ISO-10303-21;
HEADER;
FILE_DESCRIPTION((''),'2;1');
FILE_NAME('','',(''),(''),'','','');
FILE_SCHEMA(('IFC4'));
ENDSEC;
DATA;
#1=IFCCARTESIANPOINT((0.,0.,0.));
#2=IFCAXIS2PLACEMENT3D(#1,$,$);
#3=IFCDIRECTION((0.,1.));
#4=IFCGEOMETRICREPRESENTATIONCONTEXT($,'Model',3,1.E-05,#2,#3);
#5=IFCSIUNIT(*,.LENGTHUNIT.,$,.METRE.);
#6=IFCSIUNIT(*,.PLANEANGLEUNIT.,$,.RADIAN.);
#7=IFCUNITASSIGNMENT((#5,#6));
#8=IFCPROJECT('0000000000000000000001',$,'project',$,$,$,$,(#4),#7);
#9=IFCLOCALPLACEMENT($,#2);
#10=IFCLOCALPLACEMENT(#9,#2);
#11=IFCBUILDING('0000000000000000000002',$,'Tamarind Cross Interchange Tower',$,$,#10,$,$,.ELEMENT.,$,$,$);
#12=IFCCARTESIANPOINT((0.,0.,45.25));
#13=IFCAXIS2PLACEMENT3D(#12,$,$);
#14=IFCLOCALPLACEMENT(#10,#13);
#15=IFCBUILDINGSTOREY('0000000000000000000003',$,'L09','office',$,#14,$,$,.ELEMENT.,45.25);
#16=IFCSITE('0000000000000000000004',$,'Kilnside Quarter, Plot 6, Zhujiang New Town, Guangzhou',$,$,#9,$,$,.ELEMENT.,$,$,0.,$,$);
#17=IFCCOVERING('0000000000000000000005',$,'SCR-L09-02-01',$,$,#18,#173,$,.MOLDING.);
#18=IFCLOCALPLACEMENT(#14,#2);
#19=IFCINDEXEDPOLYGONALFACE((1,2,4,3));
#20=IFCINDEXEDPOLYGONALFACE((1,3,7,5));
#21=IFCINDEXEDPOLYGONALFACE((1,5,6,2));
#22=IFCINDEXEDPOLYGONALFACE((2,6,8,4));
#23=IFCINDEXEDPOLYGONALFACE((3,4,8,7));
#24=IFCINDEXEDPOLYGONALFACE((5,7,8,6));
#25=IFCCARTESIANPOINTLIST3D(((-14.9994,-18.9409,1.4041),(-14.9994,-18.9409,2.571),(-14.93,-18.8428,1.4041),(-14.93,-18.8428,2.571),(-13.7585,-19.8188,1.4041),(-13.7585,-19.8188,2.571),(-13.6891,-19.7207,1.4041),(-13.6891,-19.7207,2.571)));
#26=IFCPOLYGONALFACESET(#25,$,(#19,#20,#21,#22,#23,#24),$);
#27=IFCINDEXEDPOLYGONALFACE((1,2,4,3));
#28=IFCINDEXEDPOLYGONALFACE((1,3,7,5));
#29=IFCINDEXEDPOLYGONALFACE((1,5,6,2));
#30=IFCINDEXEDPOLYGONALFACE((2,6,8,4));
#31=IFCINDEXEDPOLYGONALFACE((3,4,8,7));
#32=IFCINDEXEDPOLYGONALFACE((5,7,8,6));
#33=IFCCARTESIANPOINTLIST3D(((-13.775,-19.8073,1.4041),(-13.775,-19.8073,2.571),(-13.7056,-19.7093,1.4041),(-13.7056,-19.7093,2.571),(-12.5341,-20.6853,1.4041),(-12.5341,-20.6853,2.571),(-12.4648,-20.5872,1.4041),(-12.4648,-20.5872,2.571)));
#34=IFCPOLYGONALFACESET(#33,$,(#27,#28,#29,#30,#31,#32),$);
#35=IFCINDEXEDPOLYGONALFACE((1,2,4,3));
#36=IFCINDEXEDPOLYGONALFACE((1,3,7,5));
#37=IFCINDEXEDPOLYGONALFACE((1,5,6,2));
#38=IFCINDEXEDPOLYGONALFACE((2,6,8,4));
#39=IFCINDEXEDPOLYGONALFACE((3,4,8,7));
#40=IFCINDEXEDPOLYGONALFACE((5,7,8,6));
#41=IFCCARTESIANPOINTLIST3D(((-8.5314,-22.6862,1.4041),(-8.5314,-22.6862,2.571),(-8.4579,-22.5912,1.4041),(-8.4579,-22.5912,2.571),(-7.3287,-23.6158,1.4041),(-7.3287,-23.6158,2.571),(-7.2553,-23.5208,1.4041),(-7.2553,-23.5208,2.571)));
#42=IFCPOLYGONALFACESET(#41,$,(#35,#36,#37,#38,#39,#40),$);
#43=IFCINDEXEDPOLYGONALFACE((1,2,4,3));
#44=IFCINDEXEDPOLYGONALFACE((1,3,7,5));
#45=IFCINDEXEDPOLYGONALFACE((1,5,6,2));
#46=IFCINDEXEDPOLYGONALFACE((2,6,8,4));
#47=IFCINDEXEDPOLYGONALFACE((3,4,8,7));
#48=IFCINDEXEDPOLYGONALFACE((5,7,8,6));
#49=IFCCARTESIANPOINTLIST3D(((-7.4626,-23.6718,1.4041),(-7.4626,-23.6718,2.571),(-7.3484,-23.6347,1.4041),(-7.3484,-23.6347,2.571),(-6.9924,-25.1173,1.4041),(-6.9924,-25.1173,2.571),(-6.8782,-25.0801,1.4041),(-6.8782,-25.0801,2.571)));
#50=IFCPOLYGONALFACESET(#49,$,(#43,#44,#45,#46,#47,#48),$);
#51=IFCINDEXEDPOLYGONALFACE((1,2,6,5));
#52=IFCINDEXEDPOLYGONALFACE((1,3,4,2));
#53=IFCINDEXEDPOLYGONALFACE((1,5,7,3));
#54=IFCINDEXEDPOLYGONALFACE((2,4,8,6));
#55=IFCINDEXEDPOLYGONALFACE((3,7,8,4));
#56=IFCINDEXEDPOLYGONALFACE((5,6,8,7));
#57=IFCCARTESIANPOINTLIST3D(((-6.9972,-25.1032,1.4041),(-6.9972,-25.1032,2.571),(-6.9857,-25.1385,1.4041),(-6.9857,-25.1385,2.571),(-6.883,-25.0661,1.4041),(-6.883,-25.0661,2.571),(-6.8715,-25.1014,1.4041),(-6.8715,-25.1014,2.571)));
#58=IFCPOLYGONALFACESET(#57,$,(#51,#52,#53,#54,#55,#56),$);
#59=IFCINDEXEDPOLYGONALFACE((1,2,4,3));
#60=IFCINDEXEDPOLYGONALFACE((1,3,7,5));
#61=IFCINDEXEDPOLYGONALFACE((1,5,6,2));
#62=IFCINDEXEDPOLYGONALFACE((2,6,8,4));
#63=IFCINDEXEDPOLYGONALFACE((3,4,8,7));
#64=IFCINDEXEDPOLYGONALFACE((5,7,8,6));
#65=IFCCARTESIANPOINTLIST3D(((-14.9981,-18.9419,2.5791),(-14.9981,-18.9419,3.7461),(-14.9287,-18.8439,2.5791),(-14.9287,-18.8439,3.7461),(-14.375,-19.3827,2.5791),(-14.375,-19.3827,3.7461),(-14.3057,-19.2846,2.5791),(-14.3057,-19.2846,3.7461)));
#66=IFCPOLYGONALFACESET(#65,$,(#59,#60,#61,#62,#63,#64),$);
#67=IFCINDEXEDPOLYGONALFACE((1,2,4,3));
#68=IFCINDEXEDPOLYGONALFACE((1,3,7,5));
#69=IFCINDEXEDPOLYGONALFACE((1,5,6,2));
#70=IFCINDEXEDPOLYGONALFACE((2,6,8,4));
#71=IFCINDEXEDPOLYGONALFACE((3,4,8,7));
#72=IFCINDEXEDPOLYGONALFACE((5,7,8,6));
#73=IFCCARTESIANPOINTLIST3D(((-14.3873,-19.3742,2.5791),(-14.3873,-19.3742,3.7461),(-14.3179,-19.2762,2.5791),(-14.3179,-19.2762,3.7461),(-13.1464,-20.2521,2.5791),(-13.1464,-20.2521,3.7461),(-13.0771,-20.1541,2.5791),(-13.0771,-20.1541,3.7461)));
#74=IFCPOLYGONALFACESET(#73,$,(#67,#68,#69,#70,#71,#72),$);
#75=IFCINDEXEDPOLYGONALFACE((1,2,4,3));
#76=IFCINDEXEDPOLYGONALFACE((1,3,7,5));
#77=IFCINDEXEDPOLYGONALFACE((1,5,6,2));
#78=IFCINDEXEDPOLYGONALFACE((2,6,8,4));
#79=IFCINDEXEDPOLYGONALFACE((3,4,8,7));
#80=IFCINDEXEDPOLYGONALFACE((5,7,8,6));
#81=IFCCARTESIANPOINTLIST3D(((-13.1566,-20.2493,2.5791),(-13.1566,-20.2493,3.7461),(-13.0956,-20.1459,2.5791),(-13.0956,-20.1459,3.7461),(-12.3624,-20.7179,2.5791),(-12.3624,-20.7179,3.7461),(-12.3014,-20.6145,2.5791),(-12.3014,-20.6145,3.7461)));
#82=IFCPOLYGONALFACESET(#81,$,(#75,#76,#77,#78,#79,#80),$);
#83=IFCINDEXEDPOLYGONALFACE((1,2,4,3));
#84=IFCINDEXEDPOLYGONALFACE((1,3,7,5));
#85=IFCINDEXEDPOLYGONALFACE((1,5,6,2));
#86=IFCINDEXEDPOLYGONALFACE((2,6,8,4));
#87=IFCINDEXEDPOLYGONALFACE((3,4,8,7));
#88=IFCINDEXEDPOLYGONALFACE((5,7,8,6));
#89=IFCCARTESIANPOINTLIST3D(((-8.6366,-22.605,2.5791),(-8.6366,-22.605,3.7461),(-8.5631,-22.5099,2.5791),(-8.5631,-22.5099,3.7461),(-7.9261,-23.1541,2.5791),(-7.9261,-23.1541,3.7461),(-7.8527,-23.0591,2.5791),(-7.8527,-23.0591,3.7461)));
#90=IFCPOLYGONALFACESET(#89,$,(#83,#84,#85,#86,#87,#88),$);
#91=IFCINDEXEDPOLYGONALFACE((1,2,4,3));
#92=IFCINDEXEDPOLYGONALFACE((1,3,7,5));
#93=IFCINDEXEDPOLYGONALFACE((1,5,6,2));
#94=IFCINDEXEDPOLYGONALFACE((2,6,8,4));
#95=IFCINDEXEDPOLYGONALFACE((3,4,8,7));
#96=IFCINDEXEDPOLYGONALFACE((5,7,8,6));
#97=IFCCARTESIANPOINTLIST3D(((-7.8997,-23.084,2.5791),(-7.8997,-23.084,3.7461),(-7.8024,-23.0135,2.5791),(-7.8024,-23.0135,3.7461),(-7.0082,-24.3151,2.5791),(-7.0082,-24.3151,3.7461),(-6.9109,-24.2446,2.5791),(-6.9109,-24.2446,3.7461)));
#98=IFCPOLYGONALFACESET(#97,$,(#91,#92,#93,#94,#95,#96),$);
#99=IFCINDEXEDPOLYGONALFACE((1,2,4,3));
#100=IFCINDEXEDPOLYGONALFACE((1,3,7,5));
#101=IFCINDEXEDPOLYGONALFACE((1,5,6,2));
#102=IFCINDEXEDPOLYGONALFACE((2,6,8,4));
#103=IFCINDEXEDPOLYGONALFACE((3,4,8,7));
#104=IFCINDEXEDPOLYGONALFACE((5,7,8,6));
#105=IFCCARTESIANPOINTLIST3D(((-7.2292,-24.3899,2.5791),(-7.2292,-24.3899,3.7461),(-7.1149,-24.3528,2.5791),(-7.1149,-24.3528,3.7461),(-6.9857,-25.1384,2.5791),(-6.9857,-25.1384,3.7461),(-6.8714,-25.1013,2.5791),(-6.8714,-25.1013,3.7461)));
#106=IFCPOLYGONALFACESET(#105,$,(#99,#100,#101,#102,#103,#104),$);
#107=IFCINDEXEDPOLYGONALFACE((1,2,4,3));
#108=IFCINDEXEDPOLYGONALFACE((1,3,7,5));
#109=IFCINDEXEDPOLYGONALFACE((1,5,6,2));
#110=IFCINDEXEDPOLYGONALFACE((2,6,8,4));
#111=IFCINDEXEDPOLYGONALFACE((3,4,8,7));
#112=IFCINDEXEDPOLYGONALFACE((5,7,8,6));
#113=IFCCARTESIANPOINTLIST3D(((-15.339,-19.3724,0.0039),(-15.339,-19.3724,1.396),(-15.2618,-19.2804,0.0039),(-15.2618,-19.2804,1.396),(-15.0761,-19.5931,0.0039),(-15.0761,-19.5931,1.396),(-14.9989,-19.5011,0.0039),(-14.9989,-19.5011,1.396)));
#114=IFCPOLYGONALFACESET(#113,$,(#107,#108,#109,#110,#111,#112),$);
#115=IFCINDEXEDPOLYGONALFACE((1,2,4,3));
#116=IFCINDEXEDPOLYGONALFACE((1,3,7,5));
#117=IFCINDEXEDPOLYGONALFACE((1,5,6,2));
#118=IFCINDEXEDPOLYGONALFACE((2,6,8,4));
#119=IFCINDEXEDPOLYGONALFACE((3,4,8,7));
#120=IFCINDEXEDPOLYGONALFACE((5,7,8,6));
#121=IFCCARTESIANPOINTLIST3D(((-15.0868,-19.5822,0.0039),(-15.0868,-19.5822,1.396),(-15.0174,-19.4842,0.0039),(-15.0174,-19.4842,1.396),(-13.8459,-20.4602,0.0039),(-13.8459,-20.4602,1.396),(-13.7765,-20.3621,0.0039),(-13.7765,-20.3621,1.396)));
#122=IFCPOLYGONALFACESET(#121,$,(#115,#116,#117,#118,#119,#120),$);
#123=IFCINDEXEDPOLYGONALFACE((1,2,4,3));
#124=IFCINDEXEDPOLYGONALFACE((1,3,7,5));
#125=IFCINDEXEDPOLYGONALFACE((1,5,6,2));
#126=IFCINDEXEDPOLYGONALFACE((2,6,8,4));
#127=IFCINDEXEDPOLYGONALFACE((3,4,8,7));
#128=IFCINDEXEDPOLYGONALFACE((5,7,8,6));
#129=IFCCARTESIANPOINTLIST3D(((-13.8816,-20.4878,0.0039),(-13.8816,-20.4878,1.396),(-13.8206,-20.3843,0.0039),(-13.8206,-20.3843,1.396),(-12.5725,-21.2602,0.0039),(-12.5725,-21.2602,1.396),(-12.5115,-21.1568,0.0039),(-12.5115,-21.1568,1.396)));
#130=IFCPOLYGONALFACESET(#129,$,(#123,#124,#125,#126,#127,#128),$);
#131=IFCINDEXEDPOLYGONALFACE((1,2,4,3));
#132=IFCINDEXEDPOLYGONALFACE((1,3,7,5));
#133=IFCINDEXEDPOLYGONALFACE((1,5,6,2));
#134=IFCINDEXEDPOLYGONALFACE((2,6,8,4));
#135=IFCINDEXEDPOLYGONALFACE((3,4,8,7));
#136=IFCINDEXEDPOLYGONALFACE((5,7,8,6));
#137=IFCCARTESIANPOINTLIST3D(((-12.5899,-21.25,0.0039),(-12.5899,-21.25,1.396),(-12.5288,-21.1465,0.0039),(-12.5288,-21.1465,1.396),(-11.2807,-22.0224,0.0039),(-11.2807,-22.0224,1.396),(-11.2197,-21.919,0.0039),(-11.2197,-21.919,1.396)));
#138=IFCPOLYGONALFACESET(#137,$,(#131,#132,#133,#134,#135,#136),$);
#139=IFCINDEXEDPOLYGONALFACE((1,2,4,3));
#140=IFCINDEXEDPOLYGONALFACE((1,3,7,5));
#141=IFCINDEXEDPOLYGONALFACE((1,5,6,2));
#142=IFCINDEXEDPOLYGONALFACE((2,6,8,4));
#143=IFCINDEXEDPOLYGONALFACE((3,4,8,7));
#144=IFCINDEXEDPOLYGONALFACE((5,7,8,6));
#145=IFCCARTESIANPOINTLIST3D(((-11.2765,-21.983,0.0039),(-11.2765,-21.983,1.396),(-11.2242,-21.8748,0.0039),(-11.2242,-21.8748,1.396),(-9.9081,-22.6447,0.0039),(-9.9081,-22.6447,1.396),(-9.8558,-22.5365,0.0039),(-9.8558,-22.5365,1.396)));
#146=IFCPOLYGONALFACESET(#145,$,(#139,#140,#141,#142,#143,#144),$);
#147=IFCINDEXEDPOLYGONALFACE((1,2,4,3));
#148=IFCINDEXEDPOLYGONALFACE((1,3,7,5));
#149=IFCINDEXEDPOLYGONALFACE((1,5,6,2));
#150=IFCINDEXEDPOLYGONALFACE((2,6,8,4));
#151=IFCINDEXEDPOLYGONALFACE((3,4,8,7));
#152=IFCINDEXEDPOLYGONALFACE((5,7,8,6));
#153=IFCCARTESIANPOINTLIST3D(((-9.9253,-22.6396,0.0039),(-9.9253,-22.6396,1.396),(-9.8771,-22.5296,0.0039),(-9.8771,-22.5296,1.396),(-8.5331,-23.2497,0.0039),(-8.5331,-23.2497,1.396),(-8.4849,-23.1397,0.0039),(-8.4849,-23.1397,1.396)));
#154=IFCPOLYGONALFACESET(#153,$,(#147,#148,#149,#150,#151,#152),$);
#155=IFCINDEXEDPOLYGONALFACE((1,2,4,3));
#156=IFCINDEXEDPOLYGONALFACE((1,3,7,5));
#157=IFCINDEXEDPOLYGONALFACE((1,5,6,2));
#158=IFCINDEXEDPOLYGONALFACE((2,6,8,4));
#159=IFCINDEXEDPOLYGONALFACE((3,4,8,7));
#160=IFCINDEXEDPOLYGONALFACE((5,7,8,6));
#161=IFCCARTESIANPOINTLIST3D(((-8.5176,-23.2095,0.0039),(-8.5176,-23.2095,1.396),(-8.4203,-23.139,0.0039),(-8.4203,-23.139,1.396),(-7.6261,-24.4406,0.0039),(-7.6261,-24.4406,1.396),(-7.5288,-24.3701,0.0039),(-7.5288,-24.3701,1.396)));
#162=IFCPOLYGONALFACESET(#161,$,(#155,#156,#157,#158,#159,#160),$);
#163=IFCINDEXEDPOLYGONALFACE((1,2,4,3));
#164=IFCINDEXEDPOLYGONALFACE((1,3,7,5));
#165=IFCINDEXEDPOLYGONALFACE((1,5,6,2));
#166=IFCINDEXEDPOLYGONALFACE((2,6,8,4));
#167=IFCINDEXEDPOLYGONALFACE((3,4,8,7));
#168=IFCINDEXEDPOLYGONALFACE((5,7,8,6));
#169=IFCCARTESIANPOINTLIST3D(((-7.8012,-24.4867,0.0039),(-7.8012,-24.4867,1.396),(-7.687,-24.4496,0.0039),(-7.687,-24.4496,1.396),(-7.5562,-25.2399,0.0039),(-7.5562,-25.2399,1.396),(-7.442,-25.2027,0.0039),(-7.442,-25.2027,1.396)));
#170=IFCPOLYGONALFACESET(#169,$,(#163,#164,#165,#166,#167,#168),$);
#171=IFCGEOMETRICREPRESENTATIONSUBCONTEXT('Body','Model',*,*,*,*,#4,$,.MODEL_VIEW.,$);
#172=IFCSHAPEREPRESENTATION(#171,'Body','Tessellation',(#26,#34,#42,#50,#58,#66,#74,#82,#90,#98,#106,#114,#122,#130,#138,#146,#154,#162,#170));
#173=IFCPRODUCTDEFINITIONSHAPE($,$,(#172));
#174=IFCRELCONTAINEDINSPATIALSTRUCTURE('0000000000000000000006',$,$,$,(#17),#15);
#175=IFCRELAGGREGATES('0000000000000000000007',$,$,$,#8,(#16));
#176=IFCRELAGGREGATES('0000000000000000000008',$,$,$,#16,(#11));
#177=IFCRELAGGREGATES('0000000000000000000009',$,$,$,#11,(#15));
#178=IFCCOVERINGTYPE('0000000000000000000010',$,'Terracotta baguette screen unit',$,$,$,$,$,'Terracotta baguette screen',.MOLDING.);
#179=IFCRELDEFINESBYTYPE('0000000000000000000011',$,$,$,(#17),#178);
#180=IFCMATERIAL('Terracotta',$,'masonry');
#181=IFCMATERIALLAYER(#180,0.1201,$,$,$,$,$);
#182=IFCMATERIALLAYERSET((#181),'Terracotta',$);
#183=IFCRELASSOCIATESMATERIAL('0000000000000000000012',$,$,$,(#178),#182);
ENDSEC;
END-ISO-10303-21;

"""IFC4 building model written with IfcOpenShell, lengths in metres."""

from ifc_helpers import new_model, si_unit, direction, frame, origin, origin_2d, place, context, subcontext, project, spatial, rectangle, extrude, material, layer, layer_set, type_object, element, save


model = new_model("IFC4")

# Units and contexts
model_context = context("Model", 3, precision=1e-05, world=origin(), true_north=direction((0.0, 1.0)))
body_context = subcontext(model_context, "Body", "Model", "MODEL_VIEW")
ifc_project = project(units=[si_unit("LENGTHUNIT", "METRE"), si_unit("PLANEANGLEUNIT", "RADIAN")], contexts=[model_context])

# Site, building, storey
site_placement = place(None, origin())
site = spatial("IfcSite", under=ifc_project, at=site_placement, Name="Kilnside Quarter, Plot 6, Zhujiang New Town, Guangzhou", CompositionType="ELEMENT", RefElevation=0.0)
building_placement = place(site_placement, origin())
building = spatial("IfcBuilding", under=site, at=building_placement, Name="Tamarind Cross Interchange Tower", CompositionType="ELEMENT")
storey_placement = place(building_placement, frame((0.0, 0.0, 45.25)))
storey = spatial("IfcBuildingStorey", under=building, at=storey_placement, Name="L09", Description="office", CompositionType="ELEMENT", Elevation=45.25)

# Covering
ifc_material_1 = material(Name="Terracotta", Category="masonry")
ifc_layer_1 = layer(ifc_material_1, 0.1201)
ifc_layer_set_1 = layer_set([ifc_layer_1], Name="Terracotta")
covering_type = type_object("IfcCoveringType", Name="Terracotta baguette screen unit", ElementType="Terracotta baguette screen", PredefinedType="MOLDING", material=ifc_layer_set_1)
covering_1_placement = place(storey_placement, origin())
element("IfcCovering", 1, at=covering_1_placement, inside=storey, type_object=covering_type, Name="SCR-L09-02-01", PredefinedType="MOLDING", context=body_context, shape_type="SweptSolid", body=[
    extrude(rectangle(XDim=1.52, YDim=0.1201, at=origin_2d()), frame((-14.3442, -19.3308, 1.4041), z_axis=(0.0, 0.0, 1.0), x_axis=(0.816342, -0.577569, 0.0)), (0.0, 0.0, 1.0), 1.167),
    extrude(rectangle(XDim=1.52, YDim=0.1201, at=origin_2d()), frame((-13.1199, -20.1973, 1.4041), z_axis=(0.0, 0.0, 1.0), x_axis=(0.816342, -0.577569, 0.0)), (0.0, 0.0, 1.0), 1.167),
    extrude(rectangle(XDim=1.52, YDim=0.1201, at=origin_2d()), frame((-7.8933, -23.1035, 1.4041), z_axis=(0.0, 0.0, 1.0), x_axis=(0.791189, -0.611572, 0.0)), (0.0, 0.0, 1.0), 1.167),
    extrude(rectangle(XDim=1.52, YDim=0.1201, at=origin_2d()), frame((-7.1704, -24.376, 1.4041), z_axis=(0.0, 0.0, 1.0), x_axis=(0.309361, -0.950945, 0.0)), (0.0, 0.0, 1.0), 1.167),
    extrude(rectangle(XDim=0.0371, YDim=0.1201, at=origin_2d()), frame((-6.9343, -25.1023, 1.4041), z_axis=(0.0, 0.0, 1.0), x_axis=(0.309361, -0.950945, 0.0)), (0.0, 0.0, 1.0), 1.167),
    extrude(rectangle(XDim=0.7632, YDim=0.1201, at=origin_2d()), frame((-14.6519, -19.1133, 2.5791), z_axis=(0.0, 0.0, 1.0), x_axis=(0.816342, -0.577569, 0.0)), (0.0, 0.0, 1.0), 1.167),
    extrude(rectangle(XDim=1.52, YDim=0.1201, at=origin_2d()), frame((-13.7322, -19.7642, 2.5791), z_axis=(0.0, 0.0, 1.0), x_axis=(0.816342, -0.577569, 0.0)), (0.0, 0.0, 1.0), 1.167),
    extrude(rectangle(XDim=0.9221, YDim=0.1201, at=origin_2d()), frame((-12.729, -20.4319, 2.5791), z_axis=(0.0, 0.0, 1.0), x_axis=(0.861249, -0.508183, 0.0)), (0.0, 0.0, 1.0), 1.167),
    extrude(rectangle(XDim=0.8979, YDim=0.1201, at=origin_2d()), frame((-8.2446, -22.832, 2.5791), z_axis=(0.0, 0.0, 1.0), x_axis=(0.791189, -0.611572, 0.0)), (0.0, 0.0, 1.0), 1.167),
    extrude(rectangle(XDim=1.52, YDim=0.1201, at=origin_2d()), frame((-7.4053, -23.6643, 2.5791), z_axis=(0.0, 0.0, 1.0), x_axis=(0.586504, -0.809946, 0.0)), (0.0, 0.0, 1.0), 1.167),
    extrude(rectangle(XDim=0.7871, YDim=0.1201, at=origin_2d()), frame((-7.0503, -24.7456, 2.5791), z_axis=(0.0, 0.0, 1.0), x_axis=(0.309361, -0.950945, 0.0)), (0.0, 0.0, 1.0), 1.167),
    extrude(rectangle(XDim=0.3433, YDim=0.1201, at=origin_2d()), frame((-15.1689, -19.4368, 0.0039), z_axis=(0.0, 0.0, 1.0), x_axis=(0.765858, -0.643009, 0.0)), (0.0, 0.0, 1.0), 1.3921),
    extrude(rectangle(XDim=1.52, YDim=0.1201, at=origin_2d()), frame((-14.4316, -19.9722, 0.0039), z_axis=(0.0, 0.0, 1.0), x_axis=(0.816342, -0.577569, 0.0)), (0.0, 0.0, 1.0), 1.3921),
    extrude(rectangle(XDim=1.52, YDim=0.1201, at=origin_2d()), frame((-13.1965, -20.8223, 0.0039), z_axis=(0.0, 0.0, 1.0), x_axis=(0.861249, -0.508183, 0.0)), (0.0, 0.0, 1.0), 1.3921),
    extrude(rectangle(XDim=1.52, YDim=0.1201, at=origin_2d()), frame((-11.9048, -21.5845, 0.0039), z_axis=(0.0, 0.0, 1.0), x_axis=(0.861249, -0.508183, 0.0)), (0.0, 0.0, 1.0), 1.3921),
    extrude(rectangle(XDim=1.52, YDim=0.1201, at=origin_2d()), frame((-10.5662, -22.2598, 0.0039), z_axis=(0.0, 0.0, 1.0), x_axis=(0.900273, -0.435326, 0.0)), (0.0, 0.0, 1.0), 1.3921),
    extrude(rectangle(XDim=1.52, YDim=0.1201, at=origin_2d()), frame((-9.2051, -22.8896, 0.0039), z_axis=(0.0, 0.0, 1.0), x_axis=(0.915926, -0.401346, 0.0)), (0.0, 0.0, 1.0), 1.3921),
    extrude(rectangle(XDim=1.52, YDim=0.1201, at=origin_2d()), frame((-8.0232, -23.7898, 0.0039), z_axis=(0.0, 0.0, 1.0), x_axis=(0.586504, -0.809946, 0.0)), (0.0, 0.0, 1.0), 1.3921),
    extrude(rectangle(XDim=0.792, YDim=0.1201, at=origin_2d()), frame((-7.6216, -24.8447, 0.0039), z_axis=(0.0, 0.0, 1.0), x_axis=(0.309361, -0.950945, 0.0)), (0.0, 0.0, 1.0), 1.3921),
])

save(model, "model.ifc")
